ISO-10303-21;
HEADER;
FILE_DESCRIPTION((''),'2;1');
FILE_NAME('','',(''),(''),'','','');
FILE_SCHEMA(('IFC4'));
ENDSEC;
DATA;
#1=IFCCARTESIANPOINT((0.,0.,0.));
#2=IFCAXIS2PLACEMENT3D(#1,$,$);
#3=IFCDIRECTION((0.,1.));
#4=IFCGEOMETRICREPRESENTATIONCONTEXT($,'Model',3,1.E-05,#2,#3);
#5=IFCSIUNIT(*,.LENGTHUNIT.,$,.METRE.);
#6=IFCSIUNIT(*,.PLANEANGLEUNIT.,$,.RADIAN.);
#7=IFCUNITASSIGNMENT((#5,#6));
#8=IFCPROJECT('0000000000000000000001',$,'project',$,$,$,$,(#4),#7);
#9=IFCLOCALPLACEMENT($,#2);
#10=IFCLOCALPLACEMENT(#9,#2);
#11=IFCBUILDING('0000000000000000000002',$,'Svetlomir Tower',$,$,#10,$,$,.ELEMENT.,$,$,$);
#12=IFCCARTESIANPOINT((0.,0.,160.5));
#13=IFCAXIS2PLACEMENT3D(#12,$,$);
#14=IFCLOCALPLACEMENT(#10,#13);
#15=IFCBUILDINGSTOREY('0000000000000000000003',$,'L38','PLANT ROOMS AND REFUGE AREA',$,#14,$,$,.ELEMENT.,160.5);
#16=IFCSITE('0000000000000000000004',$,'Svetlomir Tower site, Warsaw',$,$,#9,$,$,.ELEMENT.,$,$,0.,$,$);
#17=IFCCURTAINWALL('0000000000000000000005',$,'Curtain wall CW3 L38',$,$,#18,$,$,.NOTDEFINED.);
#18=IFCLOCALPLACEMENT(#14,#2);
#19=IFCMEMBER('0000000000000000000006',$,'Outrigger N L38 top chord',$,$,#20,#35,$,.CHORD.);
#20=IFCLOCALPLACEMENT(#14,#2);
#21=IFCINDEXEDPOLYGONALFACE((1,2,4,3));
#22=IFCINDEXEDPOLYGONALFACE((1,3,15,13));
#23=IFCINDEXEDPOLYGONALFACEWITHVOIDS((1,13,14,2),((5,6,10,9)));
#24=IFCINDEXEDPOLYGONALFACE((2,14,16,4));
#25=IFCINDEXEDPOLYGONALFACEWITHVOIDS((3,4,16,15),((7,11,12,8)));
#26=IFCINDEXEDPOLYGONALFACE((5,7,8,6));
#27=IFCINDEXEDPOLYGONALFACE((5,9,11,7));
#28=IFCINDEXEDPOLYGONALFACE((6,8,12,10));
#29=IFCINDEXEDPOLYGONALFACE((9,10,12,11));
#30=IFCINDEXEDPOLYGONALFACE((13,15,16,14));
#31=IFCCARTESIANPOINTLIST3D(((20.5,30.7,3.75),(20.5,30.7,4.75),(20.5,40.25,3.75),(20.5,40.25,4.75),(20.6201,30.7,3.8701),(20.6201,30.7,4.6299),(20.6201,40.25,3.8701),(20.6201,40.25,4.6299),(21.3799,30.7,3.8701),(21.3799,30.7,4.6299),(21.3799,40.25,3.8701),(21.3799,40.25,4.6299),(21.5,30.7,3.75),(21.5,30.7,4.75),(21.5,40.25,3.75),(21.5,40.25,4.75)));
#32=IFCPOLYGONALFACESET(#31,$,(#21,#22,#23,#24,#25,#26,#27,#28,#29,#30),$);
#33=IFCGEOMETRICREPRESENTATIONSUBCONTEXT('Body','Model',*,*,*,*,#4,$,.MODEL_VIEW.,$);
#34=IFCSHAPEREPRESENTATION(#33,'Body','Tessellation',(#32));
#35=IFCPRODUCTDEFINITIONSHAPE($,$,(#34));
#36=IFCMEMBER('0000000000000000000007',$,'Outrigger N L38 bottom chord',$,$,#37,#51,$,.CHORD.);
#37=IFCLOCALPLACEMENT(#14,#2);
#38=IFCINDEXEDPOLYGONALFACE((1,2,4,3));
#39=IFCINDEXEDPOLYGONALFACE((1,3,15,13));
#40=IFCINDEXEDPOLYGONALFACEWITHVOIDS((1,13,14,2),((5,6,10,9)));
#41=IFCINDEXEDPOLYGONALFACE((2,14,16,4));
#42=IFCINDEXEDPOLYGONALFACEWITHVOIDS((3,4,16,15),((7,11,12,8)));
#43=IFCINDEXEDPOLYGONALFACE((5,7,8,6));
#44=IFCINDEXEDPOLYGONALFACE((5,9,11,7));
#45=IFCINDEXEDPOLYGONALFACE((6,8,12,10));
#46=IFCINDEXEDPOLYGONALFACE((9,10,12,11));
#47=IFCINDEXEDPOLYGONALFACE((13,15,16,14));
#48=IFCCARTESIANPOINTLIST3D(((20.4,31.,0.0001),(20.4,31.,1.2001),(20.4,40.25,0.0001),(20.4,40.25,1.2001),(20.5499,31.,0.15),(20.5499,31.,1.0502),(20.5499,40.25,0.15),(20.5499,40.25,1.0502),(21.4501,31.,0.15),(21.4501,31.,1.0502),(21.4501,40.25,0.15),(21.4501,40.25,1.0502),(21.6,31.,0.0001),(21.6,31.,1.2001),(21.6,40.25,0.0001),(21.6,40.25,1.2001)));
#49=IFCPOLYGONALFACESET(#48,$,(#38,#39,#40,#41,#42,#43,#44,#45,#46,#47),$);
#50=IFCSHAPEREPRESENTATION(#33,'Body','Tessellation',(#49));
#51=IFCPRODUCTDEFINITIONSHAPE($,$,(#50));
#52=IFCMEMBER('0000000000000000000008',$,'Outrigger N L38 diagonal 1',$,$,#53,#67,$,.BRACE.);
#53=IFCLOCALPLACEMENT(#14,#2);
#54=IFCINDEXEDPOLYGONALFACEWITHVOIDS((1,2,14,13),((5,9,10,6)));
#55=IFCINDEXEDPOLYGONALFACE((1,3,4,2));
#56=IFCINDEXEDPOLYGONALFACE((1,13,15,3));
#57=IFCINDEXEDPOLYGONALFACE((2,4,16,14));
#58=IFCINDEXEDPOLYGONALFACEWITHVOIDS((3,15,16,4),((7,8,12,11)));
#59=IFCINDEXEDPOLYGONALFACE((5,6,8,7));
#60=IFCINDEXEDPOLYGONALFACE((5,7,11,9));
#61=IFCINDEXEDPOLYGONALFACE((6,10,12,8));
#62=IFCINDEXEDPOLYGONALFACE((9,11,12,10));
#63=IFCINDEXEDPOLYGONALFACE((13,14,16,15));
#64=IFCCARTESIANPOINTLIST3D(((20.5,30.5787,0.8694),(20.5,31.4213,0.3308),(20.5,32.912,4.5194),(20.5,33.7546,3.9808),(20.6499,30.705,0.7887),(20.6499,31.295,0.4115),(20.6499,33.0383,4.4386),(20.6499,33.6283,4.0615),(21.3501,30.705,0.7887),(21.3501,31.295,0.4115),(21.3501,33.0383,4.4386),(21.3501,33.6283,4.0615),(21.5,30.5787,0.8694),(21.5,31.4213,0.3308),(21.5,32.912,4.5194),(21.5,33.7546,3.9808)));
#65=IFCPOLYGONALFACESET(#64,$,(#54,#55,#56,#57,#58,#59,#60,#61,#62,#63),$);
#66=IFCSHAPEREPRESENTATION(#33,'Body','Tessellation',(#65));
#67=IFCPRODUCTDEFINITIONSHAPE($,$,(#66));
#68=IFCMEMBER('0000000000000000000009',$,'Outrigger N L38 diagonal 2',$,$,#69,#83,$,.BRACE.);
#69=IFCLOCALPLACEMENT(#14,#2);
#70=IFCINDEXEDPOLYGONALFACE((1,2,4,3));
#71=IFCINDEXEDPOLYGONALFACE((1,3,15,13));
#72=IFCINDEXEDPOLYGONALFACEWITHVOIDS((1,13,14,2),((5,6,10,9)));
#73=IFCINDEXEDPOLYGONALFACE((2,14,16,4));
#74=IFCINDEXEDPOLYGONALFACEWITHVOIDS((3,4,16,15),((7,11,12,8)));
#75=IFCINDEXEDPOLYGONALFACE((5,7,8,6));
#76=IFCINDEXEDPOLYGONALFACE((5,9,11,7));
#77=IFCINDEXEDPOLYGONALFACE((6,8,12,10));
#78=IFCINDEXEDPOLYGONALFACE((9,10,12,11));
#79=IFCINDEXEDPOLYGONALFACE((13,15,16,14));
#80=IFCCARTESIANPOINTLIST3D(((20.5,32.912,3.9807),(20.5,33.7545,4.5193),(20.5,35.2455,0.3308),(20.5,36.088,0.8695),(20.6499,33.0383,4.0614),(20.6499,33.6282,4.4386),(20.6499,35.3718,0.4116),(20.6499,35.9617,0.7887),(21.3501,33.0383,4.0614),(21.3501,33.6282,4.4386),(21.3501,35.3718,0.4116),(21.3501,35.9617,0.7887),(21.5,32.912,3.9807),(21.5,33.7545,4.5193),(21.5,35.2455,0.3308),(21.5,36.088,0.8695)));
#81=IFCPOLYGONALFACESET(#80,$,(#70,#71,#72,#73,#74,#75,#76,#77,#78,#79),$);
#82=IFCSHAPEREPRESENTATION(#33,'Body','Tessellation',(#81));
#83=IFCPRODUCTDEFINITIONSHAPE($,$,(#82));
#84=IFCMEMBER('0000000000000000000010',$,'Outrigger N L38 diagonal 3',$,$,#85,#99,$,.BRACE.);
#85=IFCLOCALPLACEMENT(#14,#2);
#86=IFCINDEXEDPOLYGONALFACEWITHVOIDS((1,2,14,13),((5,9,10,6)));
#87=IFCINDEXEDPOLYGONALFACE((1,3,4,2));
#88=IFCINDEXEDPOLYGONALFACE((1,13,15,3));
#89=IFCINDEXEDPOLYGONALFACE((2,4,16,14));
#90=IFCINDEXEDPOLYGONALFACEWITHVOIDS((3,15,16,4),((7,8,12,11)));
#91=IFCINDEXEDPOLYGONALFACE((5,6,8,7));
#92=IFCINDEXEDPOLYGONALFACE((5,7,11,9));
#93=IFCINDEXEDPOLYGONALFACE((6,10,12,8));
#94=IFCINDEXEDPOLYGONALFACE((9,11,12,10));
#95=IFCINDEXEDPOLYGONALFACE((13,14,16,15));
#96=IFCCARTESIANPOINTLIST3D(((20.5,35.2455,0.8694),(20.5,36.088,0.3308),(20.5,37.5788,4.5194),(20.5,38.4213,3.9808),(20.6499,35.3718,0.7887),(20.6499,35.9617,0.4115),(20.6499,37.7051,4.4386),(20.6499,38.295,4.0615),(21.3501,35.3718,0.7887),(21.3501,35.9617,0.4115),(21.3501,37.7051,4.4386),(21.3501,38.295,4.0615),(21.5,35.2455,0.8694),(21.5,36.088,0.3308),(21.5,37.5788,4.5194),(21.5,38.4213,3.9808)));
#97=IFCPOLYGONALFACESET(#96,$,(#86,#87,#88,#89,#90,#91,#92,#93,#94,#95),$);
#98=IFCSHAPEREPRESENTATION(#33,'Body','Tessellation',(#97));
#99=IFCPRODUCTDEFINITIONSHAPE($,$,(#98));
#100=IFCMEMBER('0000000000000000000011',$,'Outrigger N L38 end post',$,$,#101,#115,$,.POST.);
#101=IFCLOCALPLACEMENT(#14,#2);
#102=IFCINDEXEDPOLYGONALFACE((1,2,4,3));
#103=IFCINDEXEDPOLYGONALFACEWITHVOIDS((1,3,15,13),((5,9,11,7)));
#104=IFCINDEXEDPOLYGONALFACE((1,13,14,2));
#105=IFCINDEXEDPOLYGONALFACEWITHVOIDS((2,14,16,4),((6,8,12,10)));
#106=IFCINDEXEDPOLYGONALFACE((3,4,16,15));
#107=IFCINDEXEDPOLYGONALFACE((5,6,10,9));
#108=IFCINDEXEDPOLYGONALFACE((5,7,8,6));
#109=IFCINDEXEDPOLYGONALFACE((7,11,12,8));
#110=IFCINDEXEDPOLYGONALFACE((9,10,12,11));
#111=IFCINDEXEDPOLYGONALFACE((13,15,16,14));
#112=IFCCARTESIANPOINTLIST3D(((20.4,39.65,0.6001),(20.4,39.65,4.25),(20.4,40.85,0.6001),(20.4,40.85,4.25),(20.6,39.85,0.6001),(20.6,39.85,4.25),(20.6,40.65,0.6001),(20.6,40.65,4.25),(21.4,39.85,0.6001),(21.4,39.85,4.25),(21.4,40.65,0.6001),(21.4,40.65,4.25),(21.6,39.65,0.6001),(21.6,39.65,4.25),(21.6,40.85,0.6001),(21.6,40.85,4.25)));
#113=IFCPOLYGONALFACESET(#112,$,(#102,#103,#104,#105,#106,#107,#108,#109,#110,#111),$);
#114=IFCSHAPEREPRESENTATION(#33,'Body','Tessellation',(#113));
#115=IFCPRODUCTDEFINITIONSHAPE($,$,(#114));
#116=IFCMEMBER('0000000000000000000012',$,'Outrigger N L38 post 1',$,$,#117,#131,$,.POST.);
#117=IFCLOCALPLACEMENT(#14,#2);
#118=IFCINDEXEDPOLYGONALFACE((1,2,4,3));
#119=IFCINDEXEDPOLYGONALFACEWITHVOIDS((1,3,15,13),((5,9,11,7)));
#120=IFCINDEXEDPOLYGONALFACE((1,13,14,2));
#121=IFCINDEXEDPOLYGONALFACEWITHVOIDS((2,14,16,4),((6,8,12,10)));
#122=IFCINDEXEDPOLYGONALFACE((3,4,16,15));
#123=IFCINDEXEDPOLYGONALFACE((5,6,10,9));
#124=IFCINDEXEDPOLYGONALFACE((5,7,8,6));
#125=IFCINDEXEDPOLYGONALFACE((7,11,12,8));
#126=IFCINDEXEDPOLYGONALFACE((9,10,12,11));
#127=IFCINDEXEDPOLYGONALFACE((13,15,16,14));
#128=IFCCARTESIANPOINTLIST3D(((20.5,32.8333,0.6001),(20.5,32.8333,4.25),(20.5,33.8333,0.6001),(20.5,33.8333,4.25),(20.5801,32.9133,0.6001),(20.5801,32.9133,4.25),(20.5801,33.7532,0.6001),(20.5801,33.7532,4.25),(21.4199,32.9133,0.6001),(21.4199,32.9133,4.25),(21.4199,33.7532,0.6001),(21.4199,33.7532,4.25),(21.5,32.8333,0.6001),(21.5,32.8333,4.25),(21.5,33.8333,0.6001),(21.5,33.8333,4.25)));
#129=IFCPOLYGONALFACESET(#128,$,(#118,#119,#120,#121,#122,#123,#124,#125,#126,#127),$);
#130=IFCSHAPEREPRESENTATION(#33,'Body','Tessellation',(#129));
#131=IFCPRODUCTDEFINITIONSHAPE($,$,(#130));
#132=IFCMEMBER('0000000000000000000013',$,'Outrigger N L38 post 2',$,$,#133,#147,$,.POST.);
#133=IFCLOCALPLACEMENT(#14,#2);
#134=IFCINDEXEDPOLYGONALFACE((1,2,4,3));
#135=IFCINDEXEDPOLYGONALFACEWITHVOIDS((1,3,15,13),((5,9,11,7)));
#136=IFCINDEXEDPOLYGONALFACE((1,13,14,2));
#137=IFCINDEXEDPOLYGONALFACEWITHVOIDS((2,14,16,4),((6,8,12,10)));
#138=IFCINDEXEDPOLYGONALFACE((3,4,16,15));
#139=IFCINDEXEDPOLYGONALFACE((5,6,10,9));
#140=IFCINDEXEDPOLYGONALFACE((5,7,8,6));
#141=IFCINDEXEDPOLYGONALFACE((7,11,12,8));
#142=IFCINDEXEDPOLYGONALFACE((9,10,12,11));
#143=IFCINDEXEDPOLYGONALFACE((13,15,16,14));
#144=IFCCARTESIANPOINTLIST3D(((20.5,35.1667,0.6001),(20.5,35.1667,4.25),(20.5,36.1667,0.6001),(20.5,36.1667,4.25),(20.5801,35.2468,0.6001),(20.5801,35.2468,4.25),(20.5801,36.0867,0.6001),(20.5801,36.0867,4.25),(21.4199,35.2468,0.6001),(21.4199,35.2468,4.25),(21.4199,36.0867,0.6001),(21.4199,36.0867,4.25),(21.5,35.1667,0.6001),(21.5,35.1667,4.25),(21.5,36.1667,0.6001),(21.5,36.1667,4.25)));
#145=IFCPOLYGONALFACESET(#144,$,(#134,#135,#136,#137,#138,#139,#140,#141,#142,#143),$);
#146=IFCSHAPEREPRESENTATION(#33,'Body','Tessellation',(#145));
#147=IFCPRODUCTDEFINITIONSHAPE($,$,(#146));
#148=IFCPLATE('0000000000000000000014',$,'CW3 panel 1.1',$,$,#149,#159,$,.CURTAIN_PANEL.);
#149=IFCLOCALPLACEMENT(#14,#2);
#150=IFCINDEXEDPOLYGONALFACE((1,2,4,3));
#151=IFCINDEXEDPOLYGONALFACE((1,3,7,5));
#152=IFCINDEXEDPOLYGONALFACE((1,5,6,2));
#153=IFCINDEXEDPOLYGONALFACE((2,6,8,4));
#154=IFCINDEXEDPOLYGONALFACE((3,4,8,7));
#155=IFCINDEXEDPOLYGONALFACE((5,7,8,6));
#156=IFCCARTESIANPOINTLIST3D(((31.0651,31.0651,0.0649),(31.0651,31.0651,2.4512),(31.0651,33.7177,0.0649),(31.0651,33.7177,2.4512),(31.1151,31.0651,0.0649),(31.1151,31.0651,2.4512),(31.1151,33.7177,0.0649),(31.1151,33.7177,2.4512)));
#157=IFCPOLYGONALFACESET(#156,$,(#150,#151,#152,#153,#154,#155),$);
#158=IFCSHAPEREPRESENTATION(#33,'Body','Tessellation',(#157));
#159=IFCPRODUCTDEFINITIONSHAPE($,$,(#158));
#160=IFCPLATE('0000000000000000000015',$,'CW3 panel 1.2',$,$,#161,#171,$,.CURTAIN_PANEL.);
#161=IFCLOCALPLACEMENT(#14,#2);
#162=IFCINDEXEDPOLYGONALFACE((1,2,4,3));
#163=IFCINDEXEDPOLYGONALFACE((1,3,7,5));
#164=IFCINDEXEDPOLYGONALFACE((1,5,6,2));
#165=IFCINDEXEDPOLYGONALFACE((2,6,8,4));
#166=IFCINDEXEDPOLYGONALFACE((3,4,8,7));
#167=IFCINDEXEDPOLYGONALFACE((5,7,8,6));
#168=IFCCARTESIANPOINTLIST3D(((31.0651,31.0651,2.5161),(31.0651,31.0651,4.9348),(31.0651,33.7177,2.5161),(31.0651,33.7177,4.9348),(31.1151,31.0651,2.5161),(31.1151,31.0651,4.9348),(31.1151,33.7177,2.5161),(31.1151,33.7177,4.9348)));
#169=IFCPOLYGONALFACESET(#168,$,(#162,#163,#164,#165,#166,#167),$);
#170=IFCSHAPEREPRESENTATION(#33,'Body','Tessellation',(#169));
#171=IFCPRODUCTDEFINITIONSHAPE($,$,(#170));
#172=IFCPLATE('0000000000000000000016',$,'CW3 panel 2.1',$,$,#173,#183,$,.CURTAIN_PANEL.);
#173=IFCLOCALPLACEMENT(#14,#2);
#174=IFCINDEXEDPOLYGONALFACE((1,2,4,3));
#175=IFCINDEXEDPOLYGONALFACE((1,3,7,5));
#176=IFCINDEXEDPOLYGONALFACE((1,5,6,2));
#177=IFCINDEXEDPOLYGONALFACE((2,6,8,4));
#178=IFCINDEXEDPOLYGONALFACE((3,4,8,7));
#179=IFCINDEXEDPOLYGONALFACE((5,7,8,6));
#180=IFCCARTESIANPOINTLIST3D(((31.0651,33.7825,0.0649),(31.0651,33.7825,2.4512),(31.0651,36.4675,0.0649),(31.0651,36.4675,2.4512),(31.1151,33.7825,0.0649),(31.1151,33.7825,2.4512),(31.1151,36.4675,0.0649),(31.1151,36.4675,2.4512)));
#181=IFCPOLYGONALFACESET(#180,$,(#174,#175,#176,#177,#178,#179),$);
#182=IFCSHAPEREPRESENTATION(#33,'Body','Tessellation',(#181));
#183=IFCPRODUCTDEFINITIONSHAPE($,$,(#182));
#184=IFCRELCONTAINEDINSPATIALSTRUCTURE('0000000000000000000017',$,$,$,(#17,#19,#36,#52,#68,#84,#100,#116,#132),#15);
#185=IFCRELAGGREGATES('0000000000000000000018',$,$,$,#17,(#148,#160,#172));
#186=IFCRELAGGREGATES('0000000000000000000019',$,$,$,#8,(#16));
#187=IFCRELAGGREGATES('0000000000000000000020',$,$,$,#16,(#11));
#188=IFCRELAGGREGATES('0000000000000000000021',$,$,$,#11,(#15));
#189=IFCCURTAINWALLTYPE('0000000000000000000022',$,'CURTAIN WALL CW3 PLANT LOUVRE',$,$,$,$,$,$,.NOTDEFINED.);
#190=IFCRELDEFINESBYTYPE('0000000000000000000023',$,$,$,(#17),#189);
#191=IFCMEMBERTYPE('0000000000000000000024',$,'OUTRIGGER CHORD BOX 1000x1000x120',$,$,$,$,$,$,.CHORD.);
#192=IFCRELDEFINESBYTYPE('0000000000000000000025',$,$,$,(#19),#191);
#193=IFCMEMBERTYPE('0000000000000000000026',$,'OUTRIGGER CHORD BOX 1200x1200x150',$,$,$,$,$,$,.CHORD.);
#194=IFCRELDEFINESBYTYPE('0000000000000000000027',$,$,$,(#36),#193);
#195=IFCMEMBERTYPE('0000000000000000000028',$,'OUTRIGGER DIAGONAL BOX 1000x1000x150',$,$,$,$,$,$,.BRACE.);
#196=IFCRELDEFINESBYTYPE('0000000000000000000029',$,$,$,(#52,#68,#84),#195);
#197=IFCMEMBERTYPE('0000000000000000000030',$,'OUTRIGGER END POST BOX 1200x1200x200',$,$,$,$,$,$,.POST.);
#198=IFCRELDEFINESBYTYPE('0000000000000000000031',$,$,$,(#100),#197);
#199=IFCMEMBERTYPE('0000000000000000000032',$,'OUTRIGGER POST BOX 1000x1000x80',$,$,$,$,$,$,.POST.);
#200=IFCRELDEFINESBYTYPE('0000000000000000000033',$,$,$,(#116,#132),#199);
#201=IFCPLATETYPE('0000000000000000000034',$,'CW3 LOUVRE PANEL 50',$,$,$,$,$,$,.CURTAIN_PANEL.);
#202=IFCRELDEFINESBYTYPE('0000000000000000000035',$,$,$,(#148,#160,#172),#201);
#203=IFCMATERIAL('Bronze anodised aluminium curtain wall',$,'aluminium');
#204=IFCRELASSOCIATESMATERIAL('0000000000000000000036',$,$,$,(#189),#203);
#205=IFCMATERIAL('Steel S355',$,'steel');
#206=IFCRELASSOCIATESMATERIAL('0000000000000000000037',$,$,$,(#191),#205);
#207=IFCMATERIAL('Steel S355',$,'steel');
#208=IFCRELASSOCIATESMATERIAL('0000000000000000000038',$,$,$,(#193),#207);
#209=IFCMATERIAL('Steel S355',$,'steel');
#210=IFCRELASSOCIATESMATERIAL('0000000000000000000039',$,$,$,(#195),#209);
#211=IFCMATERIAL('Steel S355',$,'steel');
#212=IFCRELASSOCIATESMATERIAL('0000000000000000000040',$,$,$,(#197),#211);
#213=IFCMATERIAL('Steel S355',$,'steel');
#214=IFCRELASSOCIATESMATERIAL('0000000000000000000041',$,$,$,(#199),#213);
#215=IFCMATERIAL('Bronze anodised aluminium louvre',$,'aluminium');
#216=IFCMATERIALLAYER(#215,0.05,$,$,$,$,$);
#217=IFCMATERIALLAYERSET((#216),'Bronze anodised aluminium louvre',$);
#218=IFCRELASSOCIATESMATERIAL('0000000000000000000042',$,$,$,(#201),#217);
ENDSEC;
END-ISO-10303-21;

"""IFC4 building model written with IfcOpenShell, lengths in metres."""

from ifc_helpers import new_model, si_unit, direction, frame, origin, origin_2d, place, context, subcontext, project, spatial, rectangle, hollow_rectangle, extrude, material, layer, layer_set, material_profile, profile_set, type_object, element, aggregate, save


model = new_model("IFC4")

# Units and contexts
model_context = context("Model", 3, precision=1e-05, world=origin(), true_north=direction((0.0, 1.0)))
body_context = subcontext(model_context, "Body", "Model", "MODEL_VIEW")
ifc_project = project(units=[si_unit("LENGTHUNIT", "METRE"), si_unit("PLANEANGLEUNIT", "RADIAN")], contexts=[model_context])

# Site, building, storey
site_placement = place(None, origin())
site = spatial("IfcSite", under=ifc_project, at=site_placement, Name="Svetlomir Tower site, Warsaw", CompositionType="ELEMENT", RefElevation=0.0)
building_placement = place(site_placement, origin())
building = spatial("IfcBuilding", under=site, at=building_placement, Name="Svetlomir Tower", CompositionType="ELEMENT")
storey_placement = place(building_placement, frame((0.0, 0.0, 160.5)))
storey = spatial("IfcBuildingStorey", under=building, at=storey_placement, Name="L38", Description="PLANT ROOMS AND REFUGE AREA", CompositionType="ELEMENT", Elevation=160.5)

# Shared definitions
ifc_material_1 = material(Name="Bronze anodised aluminium curtain wall", Category="aluminium")
curtain_wall_type = type_object("IfcCurtainWallType", Name="CURTAIN WALL CW3 PLANT LOUVRE", PredefinedType="NOTDEFINED", material=ifc_material_1)

# Curtain wall
curtain_wall_1_placement = place(storey_placement, origin())
curtain_wall_1 = element("IfcCurtainWall", 1, at=curtain_wall_1_placement, inside=storey, type_object=curtain_wall_type, Name="Curtain wall CW3 L38", PredefinedType="NOTDEFINED")

# Members
ifc_material_2 = material(Name="Steel S355", Category="steel")
ifc_material_profile_1 = material_profile(ifc_material_2, hollow_rectangle(XDim=1.0, YDim=1.0, WallThickness=0.1201, at=origin_2d()), Name="BOX 1000x1000x120")
ifc_profile_set_1 = profile_set([ifc_material_profile_1], Name="Steel S355")
member_type_1 = type_object("IfcMemberType", Name="OUTRIGGER CHORD BOX 1000x1000x120", PredefinedType="CHORD", material=ifc_profile_set_1)
member_1_placement = place(storey_placement, frame((21.0, 30.7, 4.25), z_axis=(0.0, 1.0, 0.0), x_axis=(-1.0, 0.0, 0.0)))
element("IfcMember", 2, at=member_1_placement, inside=storey, type_object=member_type_1, Name="Outrigger N L38 top chord", PredefinedType="CHORD", context=body_context, shape_type="SweptSolid", body=[
    extrude(hollow_rectangle(XDim=1.0, YDim=1.0, WallThickness=0.1201, at=origin_2d()), origin(), (0.0, 0.0, 1.0), 9.55),
])
ifc_material_3 = material(Name="Steel S355", Category="steel")
ifc_material_profile_2 = material_profile(ifc_material_3, hollow_rectangle(XDim=1.2, YDim=1.2, WallThickness=0.1499, at=origin_2d()), Name="BOX 1200x1200x150")
ifc_profile_set_2 = profile_set([ifc_material_profile_2], Name="Steel S355")
member_type_2 = type_object("IfcMemberType", Name="OUTRIGGER CHORD BOX 1200x1200x150", PredefinedType="CHORD", material=ifc_profile_set_2)
member_2_placement = place(storey_placement, frame((21.0, 31.0, 0.6001), z_axis=(0.0, 1.0, 0.0), x_axis=(-1.0, 0.0, 0.0)))
element("IfcMember", 3, at=member_2_placement, inside=storey, type_object=member_type_2, Name="Outrigger N L38 bottom chord", PredefinedType="CHORD", context=body_context, shape_type="SweptSolid", body=[
    extrude(hollow_rectangle(XDim=1.2, YDim=1.2, WallThickness=0.1499, at=origin_2d()), origin(), (0.0, 0.0, 1.0), 9.25),
])
ifc_material_4 = material(Name="Steel S355", Category="steel")
ifc_material_profile_3 = material_profile(ifc_material_4, hollow_rectangle(XDim=1.0, YDim=1.0, WallThickness=0.1499, at=origin_2d()), Name="BOX 1000x1000x150")
ifc_profile_set_3 = profile_set([ifc_material_profile_3], Name="Steel S355")
member_type_3 = type_object("IfcMemberType", Name="OUTRIGGER DIAGONAL BOX 1000x1000x150", PredefinedType="BRACE", material=ifc_profile_set_3)
for number, where, z_axis, x_axis, name in (
    (4, (21.0, 31.0, 0.6001), (0.0, 0.538614, 0.842553), (-1.0, 0.0, 0.0), "Outrigger N L38 diagonal 1"),
    (5, (21.0, 33.3333, 4.25), (0.0, 0.538654, -0.842527), (-1.0, 0.0, 0.0), "Outrigger N L38 diagonal 2"),
    (6, (21.0, 35.6667, 0.6001), (0.0, 0.538614, 0.842553), (-1.0, 0.0, 0.0), "Outrigger N L38 diagonal 3"),
):
    element("IfcMember", number, at=place(storey_placement, frame(where, z_axis=z_axis, x_axis=x_axis)), inside=storey, type_object=member_type_3, Name=name, PredefinedType="BRACE", context=body_context, shape_type="SweptSolid", body=[
        extrude(hollow_rectangle(XDim=1.0, YDim=1.0, WallThickness=0.1499, at=origin_2d()), origin(), (0.0, 0.0, 1.0), 4.332),
    ])
ifc_material_5 = material(Name="Steel S355", Category="steel")
ifc_material_profile_4 = material_profile(ifc_material_5, hollow_rectangle(XDim=1.2, YDim=1.2, WallThickness=0.2, at=origin_2d()), Name="BOX 1200x1200x200")
ifc_profile_set_4 = profile_set([ifc_material_profile_4], Name="Steel S355")
member_type_4 = type_object("IfcMemberType", Name="OUTRIGGER END POST BOX 1200x1200x200", PredefinedType="POST", material=ifc_profile_set_4)
member_3_placement = place(storey_placement, frame((21.0, 40.25, 0.6001), z_axis=(0.0, 0.0, 1.0), x_axis=(1.0, 0.0, 0.0)))
element("IfcMember", 7, at=member_3_placement, inside=storey, type_object=member_type_4, Name="Outrigger N L38 end post", PredefinedType="POST", context=body_context, shape_type="SweptSolid", body=[
    extrude(hollow_rectangle(XDim=1.2, YDim=1.2, WallThickness=0.2, at=origin_2d()), origin(), (0.0, 0.0, 1.0), 3.6499),
])
ifc_material_6 = material(Name="Steel S355", Category="steel")
ifc_material_profile_5 = material_profile(ifc_material_6, hollow_rectangle(XDim=1.0, YDim=1.0, WallThickness=0.0801, at=origin_2d()), Name="BOX 1000x1000x80")
ifc_profile_set_5 = profile_set([ifc_material_profile_5], Name="Steel S355")
member_type_5 = type_object("IfcMemberType", Name="OUTRIGGER POST BOX 1000x1000x80", PredefinedType="POST", material=ifc_profile_set_5)
for number, where, z_axis, x_axis, name in (
    (8, (21.0, 33.3333, 0.6001), (0.0, 0.0, 1.0), (1.0, 0.0, 0.0), "Outrigger N L38 post 1"),
    (9, (21.0, 35.6667, 0.6001), (0.0, 0.0, 1.0), (1.0, 0.0, 0.0), "Outrigger N L38 post 2"),
):
    element("IfcMember", number, at=place(storey_placement, frame(where, z_axis=z_axis, x_axis=x_axis)), inside=storey, type_object=member_type_5, Name=name, PredefinedType="POST", context=body_context, shape_type="SweptSolid", body=[
        extrude(hollow_rectangle(XDim=1.0, YDim=1.0, WallThickness=0.0801, at=origin_2d()), origin(), (0.0, 0.0, 1.0), 3.6499),
    ])

# Plates
ifc_material_7 = material(Name="Bronze anodised aluminium louvre", Category="aluminium")
ifc_layer_1 = layer(ifc_material_7, 0.05)
ifc_layer_set_1 = layer_set([ifc_layer_1], Name="Bronze anodised aluminium louvre")
plate_type = type_object("IfcPlateType", Name="CW3 LOUVRE PANEL 50", PredefinedType="CURTAIN_PANEL", material=ifc_layer_set_1)
plate_1_placement = place(storey_placement, frame((31.0901, 32.3914, 0.0649), z_axis=(0.0, 0.0, 1.0), x_axis=(0.0, 1.0, 0.0)))
plate_1 = element("IfcPlate", 10, at=plate_1_placement, type_object=plate_type, Name="CW3 panel 1.1", PredefinedType="CURTAIN_PANEL", context=body_context, shape_type="SweptSolid", body=[
    extrude(rectangle(XDim=2.6526, YDim=0.05, at=origin_2d()), origin(), (0.0, 0.0, 1.0), 2.3862),
])
plate_2_placement = place(storey_placement, frame((31.0901, 32.3914, 2.5161), z_axis=(0.0, 0.0, 1.0), x_axis=(0.0, 1.0, 0.0)))
plate_2 = element("IfcPlate", 11, at=plate_2_placement, type_object=plate_type, Name="CW3 panel 1.2", PredefinedType="CURTAIN_PANEL", context=body_context, shape_type="SweptSolid", body=[
    extrude(rectangle(XDim=2.6526, YDim=0.05, at=origin_2d()), origin(), (0.0, 0.0, 1.0), 2.4187),
])
plate_3_placement = place(storey_placement, frame((31.0901, 35.125, 0.0649), z_axis=(0.0, 0.0, 1.0), x_axis=(0.0, 1.0, 0.0)))
plate_3 = element("IfcPlate", 12, at=plate_3_placement, type_object=plate_type, Name="CW3 panel 2.1", PredefinedType="CURTAIN_PANEL", context=body_context, shape_type="SweptSolid", body=[
    extrude(rectangle(XDim=2.6851, YDim=0.05, at=origin_2d()), origin(), (0.0, 0.0, 1.0), 2.3862),
])
aggregate(curtain_wall_1, [plate_1, plate_2, plate_3])

save(model, "model.ifc")
